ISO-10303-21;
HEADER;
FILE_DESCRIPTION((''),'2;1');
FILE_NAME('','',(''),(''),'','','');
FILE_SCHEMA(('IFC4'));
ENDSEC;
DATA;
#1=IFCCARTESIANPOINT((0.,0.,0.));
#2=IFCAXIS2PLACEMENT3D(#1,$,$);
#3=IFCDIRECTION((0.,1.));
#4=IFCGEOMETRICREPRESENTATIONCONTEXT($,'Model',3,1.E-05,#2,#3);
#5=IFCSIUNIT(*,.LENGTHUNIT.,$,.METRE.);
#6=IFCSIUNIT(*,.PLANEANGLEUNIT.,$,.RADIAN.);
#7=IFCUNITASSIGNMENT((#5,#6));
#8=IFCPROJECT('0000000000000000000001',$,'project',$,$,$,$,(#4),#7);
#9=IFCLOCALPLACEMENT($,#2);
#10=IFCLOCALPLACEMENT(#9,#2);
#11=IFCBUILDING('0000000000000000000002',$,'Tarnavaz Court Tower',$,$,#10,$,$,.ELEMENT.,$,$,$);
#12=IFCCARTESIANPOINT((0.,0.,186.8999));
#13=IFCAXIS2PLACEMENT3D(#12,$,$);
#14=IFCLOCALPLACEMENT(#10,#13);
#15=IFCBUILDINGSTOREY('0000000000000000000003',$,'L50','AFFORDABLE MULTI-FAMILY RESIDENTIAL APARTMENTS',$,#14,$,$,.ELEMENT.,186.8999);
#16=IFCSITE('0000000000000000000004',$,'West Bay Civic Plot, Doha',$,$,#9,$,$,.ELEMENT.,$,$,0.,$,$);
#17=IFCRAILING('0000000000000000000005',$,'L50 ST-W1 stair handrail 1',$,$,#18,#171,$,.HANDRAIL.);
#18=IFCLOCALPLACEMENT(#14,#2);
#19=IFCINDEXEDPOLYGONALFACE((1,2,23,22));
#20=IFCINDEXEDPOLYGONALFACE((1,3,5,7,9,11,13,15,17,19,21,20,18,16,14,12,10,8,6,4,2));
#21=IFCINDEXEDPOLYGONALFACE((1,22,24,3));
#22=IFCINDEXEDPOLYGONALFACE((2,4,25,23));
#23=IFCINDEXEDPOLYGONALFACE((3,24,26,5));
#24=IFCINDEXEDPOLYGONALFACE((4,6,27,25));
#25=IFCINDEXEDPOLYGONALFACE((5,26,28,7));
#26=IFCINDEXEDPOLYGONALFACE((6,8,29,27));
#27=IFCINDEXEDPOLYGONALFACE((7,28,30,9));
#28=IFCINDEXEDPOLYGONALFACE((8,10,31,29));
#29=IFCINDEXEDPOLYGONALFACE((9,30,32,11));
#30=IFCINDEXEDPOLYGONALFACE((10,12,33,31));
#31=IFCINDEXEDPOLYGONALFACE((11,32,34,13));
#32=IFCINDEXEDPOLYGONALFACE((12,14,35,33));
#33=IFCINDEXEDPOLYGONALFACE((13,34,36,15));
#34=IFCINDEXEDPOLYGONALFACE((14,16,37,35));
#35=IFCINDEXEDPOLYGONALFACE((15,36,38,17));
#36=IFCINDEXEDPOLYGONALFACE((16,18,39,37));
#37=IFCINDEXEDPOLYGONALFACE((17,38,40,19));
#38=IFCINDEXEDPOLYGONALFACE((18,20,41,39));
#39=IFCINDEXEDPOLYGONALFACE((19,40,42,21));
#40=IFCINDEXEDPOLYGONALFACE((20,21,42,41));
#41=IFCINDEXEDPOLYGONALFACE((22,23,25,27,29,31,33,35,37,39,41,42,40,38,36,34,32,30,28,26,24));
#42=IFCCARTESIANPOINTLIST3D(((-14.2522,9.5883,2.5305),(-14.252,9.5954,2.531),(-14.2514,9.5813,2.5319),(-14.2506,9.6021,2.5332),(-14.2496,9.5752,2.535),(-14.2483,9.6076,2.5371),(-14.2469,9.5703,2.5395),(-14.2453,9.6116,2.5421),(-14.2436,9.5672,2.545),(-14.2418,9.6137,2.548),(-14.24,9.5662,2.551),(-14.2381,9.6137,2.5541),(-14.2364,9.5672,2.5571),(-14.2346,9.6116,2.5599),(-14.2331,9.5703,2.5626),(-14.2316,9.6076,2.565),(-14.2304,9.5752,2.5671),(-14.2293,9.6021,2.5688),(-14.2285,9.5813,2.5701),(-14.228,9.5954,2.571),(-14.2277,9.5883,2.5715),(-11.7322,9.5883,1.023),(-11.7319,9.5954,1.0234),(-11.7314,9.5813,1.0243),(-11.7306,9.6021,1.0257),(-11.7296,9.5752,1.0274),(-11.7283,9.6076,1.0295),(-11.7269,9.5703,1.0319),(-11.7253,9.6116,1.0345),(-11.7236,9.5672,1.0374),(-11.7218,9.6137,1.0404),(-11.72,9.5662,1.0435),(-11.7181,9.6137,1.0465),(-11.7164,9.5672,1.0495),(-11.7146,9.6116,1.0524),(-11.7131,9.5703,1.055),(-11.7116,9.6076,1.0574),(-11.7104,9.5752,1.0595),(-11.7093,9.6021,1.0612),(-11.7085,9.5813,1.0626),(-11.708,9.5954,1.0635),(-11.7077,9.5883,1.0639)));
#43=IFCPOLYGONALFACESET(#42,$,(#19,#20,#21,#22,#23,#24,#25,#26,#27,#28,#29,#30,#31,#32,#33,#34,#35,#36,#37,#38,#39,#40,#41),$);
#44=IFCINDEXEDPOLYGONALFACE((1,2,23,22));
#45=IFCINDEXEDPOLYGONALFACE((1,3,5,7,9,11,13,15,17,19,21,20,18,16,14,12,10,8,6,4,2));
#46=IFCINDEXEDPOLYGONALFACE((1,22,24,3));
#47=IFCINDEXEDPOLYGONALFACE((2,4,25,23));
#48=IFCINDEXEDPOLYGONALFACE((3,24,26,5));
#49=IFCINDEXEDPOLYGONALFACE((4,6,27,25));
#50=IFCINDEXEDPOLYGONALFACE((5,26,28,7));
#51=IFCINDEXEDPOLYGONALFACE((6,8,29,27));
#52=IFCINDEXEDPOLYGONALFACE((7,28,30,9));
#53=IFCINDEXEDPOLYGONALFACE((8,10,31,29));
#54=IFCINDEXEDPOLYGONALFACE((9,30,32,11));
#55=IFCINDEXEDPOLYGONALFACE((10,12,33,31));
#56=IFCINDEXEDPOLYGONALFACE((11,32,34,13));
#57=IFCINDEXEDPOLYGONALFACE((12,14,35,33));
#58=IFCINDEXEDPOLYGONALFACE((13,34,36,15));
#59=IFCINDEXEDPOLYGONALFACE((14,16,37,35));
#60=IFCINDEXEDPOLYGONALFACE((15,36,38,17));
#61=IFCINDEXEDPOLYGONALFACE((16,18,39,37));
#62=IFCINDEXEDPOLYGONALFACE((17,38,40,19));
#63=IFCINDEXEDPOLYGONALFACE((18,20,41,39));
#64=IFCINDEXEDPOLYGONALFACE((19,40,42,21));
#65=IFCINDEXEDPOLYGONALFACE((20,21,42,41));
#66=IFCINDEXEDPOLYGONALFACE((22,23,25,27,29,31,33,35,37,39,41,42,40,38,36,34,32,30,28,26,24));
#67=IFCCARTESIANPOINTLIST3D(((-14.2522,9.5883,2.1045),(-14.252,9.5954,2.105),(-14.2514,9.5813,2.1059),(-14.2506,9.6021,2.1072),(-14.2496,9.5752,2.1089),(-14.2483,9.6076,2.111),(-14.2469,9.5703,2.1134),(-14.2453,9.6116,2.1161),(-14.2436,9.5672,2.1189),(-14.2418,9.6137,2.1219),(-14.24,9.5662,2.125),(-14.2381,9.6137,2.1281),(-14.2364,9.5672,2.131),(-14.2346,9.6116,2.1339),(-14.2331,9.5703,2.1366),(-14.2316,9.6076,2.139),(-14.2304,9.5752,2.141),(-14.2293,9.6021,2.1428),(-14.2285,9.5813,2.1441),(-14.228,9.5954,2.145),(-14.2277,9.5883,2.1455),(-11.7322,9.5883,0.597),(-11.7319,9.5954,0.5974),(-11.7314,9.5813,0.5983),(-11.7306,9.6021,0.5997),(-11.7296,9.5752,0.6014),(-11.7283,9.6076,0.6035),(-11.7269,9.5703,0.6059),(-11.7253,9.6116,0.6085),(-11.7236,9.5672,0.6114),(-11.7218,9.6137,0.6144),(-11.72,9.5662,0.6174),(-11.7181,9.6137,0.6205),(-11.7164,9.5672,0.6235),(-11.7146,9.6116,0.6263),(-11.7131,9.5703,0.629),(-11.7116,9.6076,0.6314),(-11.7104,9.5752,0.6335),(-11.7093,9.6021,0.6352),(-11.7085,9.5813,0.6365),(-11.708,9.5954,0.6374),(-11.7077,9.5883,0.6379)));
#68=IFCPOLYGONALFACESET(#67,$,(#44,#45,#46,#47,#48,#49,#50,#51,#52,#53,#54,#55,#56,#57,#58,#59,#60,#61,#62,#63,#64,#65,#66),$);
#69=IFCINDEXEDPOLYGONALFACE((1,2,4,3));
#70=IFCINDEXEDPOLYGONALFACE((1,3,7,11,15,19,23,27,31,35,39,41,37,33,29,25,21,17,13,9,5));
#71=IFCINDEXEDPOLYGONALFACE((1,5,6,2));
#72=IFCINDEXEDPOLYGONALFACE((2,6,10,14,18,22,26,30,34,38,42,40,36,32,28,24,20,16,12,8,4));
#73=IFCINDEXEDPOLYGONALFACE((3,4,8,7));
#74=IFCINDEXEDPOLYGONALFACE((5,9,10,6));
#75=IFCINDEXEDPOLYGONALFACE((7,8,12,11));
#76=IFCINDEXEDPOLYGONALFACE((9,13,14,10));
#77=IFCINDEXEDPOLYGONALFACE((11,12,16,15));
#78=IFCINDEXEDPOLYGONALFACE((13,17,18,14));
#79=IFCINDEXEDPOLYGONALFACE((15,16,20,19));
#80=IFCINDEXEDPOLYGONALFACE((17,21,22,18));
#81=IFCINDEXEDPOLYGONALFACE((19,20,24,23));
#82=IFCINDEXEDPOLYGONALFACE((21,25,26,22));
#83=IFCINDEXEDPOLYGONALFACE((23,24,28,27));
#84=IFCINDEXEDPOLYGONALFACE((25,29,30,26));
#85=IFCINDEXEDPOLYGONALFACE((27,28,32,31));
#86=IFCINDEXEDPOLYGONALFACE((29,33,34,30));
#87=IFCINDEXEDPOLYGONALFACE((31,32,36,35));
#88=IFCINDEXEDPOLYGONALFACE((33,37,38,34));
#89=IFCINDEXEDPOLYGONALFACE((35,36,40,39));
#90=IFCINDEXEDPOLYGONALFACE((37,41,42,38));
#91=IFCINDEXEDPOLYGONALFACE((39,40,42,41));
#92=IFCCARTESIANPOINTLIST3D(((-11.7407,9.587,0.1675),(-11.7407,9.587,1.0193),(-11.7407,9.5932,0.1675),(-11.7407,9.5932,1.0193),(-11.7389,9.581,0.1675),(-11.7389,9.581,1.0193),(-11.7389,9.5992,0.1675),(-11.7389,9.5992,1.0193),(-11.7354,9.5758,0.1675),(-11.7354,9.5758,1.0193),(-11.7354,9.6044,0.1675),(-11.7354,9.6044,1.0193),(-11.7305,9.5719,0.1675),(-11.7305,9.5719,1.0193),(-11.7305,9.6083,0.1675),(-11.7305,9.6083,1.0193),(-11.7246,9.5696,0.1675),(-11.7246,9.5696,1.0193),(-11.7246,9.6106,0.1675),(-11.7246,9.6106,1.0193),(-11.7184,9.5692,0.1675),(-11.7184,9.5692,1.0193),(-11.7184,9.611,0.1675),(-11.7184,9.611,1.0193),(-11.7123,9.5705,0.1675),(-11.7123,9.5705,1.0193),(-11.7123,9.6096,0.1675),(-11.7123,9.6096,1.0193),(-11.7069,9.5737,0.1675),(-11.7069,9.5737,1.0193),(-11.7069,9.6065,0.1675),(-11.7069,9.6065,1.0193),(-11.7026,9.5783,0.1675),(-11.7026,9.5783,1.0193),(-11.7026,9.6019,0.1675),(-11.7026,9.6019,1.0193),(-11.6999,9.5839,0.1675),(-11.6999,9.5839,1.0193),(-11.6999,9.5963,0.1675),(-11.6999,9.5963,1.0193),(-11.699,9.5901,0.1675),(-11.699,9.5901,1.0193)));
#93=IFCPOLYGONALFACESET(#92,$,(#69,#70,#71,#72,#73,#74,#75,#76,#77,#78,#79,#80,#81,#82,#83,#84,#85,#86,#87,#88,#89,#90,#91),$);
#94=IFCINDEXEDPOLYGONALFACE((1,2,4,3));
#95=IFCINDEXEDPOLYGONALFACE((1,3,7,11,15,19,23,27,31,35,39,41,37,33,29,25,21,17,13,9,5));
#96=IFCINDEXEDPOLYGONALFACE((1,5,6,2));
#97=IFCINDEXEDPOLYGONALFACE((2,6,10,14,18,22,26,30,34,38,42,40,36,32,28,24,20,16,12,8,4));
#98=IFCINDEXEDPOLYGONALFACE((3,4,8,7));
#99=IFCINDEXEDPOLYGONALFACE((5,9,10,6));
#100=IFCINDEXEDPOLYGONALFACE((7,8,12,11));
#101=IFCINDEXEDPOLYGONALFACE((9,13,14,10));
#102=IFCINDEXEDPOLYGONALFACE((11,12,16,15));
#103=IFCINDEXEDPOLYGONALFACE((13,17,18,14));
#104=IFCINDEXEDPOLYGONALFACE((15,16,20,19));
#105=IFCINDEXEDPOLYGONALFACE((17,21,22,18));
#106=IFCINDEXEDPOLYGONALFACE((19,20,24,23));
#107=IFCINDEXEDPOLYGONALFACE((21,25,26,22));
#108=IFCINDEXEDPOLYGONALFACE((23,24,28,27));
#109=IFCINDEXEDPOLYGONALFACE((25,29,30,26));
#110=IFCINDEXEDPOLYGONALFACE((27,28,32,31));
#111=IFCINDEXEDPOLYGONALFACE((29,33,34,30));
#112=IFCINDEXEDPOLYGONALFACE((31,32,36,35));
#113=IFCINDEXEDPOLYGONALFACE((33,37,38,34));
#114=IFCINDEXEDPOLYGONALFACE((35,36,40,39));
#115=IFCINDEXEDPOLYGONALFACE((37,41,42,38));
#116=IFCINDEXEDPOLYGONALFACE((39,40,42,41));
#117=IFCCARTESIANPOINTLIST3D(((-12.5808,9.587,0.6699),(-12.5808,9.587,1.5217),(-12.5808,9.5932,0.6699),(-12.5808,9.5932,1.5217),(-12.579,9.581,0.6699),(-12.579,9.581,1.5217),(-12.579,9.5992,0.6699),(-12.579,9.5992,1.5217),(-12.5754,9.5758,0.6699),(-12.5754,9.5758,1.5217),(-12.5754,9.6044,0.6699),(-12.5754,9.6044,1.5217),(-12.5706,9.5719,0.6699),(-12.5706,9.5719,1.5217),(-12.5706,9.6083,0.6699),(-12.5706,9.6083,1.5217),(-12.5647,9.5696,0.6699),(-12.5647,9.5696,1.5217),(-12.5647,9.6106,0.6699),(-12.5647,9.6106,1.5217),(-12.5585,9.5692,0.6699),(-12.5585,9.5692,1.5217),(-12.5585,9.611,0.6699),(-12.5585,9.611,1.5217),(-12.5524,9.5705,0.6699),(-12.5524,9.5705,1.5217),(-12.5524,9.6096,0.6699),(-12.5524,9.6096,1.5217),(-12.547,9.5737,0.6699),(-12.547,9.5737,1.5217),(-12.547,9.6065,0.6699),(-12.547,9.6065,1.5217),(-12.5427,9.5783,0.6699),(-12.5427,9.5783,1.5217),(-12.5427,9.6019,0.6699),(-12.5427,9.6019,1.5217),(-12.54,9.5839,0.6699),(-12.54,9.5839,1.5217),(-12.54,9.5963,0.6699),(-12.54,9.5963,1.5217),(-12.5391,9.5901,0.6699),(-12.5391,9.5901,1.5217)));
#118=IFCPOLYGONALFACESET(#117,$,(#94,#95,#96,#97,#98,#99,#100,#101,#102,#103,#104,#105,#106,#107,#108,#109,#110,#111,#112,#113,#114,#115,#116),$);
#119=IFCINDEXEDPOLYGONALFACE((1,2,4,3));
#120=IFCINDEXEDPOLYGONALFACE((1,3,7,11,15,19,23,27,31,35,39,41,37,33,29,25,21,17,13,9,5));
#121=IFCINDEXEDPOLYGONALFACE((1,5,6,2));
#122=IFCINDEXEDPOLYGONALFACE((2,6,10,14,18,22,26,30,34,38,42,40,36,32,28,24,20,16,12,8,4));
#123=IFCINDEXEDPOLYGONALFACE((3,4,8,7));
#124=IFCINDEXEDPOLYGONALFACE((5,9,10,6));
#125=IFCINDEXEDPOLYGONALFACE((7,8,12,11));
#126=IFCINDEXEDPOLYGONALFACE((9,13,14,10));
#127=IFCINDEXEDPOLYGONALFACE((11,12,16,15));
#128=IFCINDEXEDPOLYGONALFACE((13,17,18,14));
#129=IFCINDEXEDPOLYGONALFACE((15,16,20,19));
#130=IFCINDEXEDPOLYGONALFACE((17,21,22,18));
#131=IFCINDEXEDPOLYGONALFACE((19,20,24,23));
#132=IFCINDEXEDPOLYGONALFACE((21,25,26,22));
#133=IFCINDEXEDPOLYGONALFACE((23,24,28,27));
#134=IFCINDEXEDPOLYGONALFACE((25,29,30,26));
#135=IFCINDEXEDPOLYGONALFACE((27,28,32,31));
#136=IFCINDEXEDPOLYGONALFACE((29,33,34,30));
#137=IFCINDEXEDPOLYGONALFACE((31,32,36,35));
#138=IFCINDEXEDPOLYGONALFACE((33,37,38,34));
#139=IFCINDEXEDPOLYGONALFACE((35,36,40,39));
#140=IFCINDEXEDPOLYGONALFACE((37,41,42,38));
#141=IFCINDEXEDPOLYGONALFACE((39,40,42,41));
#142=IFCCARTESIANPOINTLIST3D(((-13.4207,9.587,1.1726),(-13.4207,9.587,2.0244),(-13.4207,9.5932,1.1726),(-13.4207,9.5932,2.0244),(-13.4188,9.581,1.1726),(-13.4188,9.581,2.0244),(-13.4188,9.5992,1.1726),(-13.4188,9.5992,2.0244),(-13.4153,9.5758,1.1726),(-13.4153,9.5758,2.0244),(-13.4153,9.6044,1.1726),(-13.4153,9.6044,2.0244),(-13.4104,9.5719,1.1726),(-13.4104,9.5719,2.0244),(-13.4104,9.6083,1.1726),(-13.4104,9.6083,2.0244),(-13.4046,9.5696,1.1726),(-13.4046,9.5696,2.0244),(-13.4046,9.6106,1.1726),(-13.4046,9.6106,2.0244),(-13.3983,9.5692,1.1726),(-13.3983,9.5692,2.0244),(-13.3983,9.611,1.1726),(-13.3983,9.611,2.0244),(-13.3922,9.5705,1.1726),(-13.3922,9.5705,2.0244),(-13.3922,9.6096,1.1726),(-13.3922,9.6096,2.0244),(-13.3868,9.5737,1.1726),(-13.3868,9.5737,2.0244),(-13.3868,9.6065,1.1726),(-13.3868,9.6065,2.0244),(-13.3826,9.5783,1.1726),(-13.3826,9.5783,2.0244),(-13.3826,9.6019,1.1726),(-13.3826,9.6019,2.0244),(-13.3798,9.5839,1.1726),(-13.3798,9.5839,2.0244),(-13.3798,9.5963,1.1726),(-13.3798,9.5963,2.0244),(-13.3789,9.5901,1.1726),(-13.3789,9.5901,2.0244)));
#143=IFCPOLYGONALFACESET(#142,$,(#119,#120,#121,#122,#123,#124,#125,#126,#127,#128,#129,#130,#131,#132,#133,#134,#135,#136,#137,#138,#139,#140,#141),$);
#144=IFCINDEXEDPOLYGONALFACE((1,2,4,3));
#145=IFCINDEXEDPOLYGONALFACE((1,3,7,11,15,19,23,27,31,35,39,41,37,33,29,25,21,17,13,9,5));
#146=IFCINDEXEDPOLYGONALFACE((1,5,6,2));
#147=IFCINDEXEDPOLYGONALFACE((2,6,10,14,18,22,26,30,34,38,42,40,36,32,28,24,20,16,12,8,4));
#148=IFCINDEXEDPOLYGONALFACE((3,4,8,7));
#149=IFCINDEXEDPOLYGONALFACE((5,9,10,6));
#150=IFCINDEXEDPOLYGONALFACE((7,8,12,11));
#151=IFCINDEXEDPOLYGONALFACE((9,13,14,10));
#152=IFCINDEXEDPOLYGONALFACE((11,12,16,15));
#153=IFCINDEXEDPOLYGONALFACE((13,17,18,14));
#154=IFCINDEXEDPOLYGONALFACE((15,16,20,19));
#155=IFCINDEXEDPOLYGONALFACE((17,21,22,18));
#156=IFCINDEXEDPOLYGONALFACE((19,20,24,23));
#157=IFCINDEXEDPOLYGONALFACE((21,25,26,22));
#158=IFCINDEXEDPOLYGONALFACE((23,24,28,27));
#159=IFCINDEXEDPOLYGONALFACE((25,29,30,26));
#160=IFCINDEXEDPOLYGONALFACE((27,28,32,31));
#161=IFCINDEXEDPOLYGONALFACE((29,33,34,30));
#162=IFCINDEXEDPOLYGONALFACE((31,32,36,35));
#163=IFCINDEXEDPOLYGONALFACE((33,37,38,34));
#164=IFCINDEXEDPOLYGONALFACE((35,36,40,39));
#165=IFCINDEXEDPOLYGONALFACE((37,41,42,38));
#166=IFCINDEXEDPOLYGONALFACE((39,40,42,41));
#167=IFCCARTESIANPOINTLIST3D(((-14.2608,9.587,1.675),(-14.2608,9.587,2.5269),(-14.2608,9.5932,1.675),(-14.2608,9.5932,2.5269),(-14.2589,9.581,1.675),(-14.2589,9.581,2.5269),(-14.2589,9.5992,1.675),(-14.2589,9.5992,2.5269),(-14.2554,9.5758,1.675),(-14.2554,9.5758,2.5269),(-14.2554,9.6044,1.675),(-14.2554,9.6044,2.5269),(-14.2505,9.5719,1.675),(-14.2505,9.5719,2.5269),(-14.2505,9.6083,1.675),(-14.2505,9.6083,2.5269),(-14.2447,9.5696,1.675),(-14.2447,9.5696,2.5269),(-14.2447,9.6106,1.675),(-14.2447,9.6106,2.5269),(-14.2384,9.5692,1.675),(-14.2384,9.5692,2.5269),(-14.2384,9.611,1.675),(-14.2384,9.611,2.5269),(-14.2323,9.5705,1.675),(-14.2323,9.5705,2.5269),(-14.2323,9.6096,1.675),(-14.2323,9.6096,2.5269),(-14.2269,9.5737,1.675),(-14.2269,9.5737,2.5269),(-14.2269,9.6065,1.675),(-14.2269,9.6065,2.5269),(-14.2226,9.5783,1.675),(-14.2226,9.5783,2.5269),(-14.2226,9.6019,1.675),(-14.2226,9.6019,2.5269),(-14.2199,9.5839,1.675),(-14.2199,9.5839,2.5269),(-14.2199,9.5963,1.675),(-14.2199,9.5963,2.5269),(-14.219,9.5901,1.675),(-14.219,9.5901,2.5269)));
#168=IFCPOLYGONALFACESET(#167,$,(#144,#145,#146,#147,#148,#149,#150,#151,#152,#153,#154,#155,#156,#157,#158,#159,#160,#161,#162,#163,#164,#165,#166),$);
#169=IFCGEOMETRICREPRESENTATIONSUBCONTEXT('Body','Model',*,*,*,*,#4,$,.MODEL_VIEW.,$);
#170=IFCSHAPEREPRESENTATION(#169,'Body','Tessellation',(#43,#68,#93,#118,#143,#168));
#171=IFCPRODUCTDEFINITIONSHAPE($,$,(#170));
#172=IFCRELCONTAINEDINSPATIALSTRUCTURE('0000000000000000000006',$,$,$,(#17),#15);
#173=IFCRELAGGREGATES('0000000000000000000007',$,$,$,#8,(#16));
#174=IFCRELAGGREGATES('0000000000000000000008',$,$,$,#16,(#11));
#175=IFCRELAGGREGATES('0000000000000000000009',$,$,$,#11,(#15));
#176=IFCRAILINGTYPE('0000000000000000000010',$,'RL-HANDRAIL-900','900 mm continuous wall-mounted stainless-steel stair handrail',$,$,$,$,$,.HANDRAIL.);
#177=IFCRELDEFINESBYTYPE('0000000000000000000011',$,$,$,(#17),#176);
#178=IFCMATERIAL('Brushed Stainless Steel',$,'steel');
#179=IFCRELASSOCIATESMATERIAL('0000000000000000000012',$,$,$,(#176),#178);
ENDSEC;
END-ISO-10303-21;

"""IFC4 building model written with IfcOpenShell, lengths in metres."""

from ifc_helpers import new_model, si_unit, direction, frame, origin, origin_2d, place, context, subcontext, project, spatial, circle, extrude, material, type_object, element, save


model = new_model("IFC4")

# Units and contexts
model_context = context("Model", 3, precision=1e-05, world=origin(), true_north=direction((0.0, 1.0)))
body_context = subcontext(model_context, "Body", "Model", "MODEL_VIEW")
ifc_project = project(units=[si_unit("LENGTHUNIT", "METRE"), si_unit("PLANEANGLEUNIT", "RADIAN")], contexts=[model_context])

# Site, building, storey
site_placement = place(None, origin())
site = spatial("IfcSite", under=ifc_project, at=site_placement, Name="West Bay Civic Plot, Doha", CompositionType="ELEMENT", RefElevation=0.0)
building_placement = place(site_placement, origin())
building = spatial("IfcBuilding", under=site, at=building_placement, Name="Tarnavaz Court Tower", CompositionType="ELEMENT")
storey_placement = place(building_placement, frame((0.0, 0.0, 186.8999)))
storey = spatial("IfcBuildingStorey", under=building, at=storey_placement, Name="L50", Description="AFFORDABLE MULTI-FAMILY RESIDENTIAL APARTMENTS", CompositionType="ELEMENT", Elevation=186.8999)

# Railing
ifc_material_1 = material(Name="Brushed Stainless Steel", Category="steel")
railing_type_1 = type_object("IfcRailingType", Name="RL-HANDRAIL-900", Description="900 mm continuous wall-mounted stainless-steel stair handrail", PredefinedType="HANDRAIL", material=ifc_material_1)
railing_1_placement = place(storey_placement, frame((-11.72, 9.5901, 0.1675)))
element("IfcRailing", 1, at=railing_1_placement, inside=storey, type_object=railing_type_1, Name="L50 ST-W1 stair handrail 1", PredefinedType="HANDRAIL", context=body_context, shape_type="SweptSolid", body=[
    extrude(circle(Radius=0.0239, at=origin_2d()), frame((0.0, 0.0, 0.876), z_axis=(-0.85816, 0.0, 0.513383), x_axis=(0.0, -1.0, 0.0)), (0.0, 0.0, 1.0), 2.9365),
    extrude(circle(Radius=0.0239, at=origin_2d()), frame((0.0, 0.0, 0.45), z_axis=(-0.85816, 0.0, 0.513383), x_axis=(0.0, -1.0, 0.0)), (0.0, 0.0, 1.0), 2.9365),
    extrude(circle(Radius=0.021, at=origin_2d()), origin(), (0.0, 0.0, 1.0), 0.8518),
    extrude(circle(Radius=0.021, at=origin_2d()), frame((-0.8401, 0.0, 0.5024)), (0.0, 0.0, 1.0), 0.8518),
    extrude(circle(Radius=0.021, at=origin_2d()), frame((-1.6799, 0.0, 1.0051)), (0.0, 0.0, 1.0), 0.8518),
    extrude(circle(Radius=0.021, at=origin_2d()), frame((-2.52, 0.0, 1.5076)), (0.0, 0.0, 1.0), 0.8518),
])

save(model, "model.ifc")
